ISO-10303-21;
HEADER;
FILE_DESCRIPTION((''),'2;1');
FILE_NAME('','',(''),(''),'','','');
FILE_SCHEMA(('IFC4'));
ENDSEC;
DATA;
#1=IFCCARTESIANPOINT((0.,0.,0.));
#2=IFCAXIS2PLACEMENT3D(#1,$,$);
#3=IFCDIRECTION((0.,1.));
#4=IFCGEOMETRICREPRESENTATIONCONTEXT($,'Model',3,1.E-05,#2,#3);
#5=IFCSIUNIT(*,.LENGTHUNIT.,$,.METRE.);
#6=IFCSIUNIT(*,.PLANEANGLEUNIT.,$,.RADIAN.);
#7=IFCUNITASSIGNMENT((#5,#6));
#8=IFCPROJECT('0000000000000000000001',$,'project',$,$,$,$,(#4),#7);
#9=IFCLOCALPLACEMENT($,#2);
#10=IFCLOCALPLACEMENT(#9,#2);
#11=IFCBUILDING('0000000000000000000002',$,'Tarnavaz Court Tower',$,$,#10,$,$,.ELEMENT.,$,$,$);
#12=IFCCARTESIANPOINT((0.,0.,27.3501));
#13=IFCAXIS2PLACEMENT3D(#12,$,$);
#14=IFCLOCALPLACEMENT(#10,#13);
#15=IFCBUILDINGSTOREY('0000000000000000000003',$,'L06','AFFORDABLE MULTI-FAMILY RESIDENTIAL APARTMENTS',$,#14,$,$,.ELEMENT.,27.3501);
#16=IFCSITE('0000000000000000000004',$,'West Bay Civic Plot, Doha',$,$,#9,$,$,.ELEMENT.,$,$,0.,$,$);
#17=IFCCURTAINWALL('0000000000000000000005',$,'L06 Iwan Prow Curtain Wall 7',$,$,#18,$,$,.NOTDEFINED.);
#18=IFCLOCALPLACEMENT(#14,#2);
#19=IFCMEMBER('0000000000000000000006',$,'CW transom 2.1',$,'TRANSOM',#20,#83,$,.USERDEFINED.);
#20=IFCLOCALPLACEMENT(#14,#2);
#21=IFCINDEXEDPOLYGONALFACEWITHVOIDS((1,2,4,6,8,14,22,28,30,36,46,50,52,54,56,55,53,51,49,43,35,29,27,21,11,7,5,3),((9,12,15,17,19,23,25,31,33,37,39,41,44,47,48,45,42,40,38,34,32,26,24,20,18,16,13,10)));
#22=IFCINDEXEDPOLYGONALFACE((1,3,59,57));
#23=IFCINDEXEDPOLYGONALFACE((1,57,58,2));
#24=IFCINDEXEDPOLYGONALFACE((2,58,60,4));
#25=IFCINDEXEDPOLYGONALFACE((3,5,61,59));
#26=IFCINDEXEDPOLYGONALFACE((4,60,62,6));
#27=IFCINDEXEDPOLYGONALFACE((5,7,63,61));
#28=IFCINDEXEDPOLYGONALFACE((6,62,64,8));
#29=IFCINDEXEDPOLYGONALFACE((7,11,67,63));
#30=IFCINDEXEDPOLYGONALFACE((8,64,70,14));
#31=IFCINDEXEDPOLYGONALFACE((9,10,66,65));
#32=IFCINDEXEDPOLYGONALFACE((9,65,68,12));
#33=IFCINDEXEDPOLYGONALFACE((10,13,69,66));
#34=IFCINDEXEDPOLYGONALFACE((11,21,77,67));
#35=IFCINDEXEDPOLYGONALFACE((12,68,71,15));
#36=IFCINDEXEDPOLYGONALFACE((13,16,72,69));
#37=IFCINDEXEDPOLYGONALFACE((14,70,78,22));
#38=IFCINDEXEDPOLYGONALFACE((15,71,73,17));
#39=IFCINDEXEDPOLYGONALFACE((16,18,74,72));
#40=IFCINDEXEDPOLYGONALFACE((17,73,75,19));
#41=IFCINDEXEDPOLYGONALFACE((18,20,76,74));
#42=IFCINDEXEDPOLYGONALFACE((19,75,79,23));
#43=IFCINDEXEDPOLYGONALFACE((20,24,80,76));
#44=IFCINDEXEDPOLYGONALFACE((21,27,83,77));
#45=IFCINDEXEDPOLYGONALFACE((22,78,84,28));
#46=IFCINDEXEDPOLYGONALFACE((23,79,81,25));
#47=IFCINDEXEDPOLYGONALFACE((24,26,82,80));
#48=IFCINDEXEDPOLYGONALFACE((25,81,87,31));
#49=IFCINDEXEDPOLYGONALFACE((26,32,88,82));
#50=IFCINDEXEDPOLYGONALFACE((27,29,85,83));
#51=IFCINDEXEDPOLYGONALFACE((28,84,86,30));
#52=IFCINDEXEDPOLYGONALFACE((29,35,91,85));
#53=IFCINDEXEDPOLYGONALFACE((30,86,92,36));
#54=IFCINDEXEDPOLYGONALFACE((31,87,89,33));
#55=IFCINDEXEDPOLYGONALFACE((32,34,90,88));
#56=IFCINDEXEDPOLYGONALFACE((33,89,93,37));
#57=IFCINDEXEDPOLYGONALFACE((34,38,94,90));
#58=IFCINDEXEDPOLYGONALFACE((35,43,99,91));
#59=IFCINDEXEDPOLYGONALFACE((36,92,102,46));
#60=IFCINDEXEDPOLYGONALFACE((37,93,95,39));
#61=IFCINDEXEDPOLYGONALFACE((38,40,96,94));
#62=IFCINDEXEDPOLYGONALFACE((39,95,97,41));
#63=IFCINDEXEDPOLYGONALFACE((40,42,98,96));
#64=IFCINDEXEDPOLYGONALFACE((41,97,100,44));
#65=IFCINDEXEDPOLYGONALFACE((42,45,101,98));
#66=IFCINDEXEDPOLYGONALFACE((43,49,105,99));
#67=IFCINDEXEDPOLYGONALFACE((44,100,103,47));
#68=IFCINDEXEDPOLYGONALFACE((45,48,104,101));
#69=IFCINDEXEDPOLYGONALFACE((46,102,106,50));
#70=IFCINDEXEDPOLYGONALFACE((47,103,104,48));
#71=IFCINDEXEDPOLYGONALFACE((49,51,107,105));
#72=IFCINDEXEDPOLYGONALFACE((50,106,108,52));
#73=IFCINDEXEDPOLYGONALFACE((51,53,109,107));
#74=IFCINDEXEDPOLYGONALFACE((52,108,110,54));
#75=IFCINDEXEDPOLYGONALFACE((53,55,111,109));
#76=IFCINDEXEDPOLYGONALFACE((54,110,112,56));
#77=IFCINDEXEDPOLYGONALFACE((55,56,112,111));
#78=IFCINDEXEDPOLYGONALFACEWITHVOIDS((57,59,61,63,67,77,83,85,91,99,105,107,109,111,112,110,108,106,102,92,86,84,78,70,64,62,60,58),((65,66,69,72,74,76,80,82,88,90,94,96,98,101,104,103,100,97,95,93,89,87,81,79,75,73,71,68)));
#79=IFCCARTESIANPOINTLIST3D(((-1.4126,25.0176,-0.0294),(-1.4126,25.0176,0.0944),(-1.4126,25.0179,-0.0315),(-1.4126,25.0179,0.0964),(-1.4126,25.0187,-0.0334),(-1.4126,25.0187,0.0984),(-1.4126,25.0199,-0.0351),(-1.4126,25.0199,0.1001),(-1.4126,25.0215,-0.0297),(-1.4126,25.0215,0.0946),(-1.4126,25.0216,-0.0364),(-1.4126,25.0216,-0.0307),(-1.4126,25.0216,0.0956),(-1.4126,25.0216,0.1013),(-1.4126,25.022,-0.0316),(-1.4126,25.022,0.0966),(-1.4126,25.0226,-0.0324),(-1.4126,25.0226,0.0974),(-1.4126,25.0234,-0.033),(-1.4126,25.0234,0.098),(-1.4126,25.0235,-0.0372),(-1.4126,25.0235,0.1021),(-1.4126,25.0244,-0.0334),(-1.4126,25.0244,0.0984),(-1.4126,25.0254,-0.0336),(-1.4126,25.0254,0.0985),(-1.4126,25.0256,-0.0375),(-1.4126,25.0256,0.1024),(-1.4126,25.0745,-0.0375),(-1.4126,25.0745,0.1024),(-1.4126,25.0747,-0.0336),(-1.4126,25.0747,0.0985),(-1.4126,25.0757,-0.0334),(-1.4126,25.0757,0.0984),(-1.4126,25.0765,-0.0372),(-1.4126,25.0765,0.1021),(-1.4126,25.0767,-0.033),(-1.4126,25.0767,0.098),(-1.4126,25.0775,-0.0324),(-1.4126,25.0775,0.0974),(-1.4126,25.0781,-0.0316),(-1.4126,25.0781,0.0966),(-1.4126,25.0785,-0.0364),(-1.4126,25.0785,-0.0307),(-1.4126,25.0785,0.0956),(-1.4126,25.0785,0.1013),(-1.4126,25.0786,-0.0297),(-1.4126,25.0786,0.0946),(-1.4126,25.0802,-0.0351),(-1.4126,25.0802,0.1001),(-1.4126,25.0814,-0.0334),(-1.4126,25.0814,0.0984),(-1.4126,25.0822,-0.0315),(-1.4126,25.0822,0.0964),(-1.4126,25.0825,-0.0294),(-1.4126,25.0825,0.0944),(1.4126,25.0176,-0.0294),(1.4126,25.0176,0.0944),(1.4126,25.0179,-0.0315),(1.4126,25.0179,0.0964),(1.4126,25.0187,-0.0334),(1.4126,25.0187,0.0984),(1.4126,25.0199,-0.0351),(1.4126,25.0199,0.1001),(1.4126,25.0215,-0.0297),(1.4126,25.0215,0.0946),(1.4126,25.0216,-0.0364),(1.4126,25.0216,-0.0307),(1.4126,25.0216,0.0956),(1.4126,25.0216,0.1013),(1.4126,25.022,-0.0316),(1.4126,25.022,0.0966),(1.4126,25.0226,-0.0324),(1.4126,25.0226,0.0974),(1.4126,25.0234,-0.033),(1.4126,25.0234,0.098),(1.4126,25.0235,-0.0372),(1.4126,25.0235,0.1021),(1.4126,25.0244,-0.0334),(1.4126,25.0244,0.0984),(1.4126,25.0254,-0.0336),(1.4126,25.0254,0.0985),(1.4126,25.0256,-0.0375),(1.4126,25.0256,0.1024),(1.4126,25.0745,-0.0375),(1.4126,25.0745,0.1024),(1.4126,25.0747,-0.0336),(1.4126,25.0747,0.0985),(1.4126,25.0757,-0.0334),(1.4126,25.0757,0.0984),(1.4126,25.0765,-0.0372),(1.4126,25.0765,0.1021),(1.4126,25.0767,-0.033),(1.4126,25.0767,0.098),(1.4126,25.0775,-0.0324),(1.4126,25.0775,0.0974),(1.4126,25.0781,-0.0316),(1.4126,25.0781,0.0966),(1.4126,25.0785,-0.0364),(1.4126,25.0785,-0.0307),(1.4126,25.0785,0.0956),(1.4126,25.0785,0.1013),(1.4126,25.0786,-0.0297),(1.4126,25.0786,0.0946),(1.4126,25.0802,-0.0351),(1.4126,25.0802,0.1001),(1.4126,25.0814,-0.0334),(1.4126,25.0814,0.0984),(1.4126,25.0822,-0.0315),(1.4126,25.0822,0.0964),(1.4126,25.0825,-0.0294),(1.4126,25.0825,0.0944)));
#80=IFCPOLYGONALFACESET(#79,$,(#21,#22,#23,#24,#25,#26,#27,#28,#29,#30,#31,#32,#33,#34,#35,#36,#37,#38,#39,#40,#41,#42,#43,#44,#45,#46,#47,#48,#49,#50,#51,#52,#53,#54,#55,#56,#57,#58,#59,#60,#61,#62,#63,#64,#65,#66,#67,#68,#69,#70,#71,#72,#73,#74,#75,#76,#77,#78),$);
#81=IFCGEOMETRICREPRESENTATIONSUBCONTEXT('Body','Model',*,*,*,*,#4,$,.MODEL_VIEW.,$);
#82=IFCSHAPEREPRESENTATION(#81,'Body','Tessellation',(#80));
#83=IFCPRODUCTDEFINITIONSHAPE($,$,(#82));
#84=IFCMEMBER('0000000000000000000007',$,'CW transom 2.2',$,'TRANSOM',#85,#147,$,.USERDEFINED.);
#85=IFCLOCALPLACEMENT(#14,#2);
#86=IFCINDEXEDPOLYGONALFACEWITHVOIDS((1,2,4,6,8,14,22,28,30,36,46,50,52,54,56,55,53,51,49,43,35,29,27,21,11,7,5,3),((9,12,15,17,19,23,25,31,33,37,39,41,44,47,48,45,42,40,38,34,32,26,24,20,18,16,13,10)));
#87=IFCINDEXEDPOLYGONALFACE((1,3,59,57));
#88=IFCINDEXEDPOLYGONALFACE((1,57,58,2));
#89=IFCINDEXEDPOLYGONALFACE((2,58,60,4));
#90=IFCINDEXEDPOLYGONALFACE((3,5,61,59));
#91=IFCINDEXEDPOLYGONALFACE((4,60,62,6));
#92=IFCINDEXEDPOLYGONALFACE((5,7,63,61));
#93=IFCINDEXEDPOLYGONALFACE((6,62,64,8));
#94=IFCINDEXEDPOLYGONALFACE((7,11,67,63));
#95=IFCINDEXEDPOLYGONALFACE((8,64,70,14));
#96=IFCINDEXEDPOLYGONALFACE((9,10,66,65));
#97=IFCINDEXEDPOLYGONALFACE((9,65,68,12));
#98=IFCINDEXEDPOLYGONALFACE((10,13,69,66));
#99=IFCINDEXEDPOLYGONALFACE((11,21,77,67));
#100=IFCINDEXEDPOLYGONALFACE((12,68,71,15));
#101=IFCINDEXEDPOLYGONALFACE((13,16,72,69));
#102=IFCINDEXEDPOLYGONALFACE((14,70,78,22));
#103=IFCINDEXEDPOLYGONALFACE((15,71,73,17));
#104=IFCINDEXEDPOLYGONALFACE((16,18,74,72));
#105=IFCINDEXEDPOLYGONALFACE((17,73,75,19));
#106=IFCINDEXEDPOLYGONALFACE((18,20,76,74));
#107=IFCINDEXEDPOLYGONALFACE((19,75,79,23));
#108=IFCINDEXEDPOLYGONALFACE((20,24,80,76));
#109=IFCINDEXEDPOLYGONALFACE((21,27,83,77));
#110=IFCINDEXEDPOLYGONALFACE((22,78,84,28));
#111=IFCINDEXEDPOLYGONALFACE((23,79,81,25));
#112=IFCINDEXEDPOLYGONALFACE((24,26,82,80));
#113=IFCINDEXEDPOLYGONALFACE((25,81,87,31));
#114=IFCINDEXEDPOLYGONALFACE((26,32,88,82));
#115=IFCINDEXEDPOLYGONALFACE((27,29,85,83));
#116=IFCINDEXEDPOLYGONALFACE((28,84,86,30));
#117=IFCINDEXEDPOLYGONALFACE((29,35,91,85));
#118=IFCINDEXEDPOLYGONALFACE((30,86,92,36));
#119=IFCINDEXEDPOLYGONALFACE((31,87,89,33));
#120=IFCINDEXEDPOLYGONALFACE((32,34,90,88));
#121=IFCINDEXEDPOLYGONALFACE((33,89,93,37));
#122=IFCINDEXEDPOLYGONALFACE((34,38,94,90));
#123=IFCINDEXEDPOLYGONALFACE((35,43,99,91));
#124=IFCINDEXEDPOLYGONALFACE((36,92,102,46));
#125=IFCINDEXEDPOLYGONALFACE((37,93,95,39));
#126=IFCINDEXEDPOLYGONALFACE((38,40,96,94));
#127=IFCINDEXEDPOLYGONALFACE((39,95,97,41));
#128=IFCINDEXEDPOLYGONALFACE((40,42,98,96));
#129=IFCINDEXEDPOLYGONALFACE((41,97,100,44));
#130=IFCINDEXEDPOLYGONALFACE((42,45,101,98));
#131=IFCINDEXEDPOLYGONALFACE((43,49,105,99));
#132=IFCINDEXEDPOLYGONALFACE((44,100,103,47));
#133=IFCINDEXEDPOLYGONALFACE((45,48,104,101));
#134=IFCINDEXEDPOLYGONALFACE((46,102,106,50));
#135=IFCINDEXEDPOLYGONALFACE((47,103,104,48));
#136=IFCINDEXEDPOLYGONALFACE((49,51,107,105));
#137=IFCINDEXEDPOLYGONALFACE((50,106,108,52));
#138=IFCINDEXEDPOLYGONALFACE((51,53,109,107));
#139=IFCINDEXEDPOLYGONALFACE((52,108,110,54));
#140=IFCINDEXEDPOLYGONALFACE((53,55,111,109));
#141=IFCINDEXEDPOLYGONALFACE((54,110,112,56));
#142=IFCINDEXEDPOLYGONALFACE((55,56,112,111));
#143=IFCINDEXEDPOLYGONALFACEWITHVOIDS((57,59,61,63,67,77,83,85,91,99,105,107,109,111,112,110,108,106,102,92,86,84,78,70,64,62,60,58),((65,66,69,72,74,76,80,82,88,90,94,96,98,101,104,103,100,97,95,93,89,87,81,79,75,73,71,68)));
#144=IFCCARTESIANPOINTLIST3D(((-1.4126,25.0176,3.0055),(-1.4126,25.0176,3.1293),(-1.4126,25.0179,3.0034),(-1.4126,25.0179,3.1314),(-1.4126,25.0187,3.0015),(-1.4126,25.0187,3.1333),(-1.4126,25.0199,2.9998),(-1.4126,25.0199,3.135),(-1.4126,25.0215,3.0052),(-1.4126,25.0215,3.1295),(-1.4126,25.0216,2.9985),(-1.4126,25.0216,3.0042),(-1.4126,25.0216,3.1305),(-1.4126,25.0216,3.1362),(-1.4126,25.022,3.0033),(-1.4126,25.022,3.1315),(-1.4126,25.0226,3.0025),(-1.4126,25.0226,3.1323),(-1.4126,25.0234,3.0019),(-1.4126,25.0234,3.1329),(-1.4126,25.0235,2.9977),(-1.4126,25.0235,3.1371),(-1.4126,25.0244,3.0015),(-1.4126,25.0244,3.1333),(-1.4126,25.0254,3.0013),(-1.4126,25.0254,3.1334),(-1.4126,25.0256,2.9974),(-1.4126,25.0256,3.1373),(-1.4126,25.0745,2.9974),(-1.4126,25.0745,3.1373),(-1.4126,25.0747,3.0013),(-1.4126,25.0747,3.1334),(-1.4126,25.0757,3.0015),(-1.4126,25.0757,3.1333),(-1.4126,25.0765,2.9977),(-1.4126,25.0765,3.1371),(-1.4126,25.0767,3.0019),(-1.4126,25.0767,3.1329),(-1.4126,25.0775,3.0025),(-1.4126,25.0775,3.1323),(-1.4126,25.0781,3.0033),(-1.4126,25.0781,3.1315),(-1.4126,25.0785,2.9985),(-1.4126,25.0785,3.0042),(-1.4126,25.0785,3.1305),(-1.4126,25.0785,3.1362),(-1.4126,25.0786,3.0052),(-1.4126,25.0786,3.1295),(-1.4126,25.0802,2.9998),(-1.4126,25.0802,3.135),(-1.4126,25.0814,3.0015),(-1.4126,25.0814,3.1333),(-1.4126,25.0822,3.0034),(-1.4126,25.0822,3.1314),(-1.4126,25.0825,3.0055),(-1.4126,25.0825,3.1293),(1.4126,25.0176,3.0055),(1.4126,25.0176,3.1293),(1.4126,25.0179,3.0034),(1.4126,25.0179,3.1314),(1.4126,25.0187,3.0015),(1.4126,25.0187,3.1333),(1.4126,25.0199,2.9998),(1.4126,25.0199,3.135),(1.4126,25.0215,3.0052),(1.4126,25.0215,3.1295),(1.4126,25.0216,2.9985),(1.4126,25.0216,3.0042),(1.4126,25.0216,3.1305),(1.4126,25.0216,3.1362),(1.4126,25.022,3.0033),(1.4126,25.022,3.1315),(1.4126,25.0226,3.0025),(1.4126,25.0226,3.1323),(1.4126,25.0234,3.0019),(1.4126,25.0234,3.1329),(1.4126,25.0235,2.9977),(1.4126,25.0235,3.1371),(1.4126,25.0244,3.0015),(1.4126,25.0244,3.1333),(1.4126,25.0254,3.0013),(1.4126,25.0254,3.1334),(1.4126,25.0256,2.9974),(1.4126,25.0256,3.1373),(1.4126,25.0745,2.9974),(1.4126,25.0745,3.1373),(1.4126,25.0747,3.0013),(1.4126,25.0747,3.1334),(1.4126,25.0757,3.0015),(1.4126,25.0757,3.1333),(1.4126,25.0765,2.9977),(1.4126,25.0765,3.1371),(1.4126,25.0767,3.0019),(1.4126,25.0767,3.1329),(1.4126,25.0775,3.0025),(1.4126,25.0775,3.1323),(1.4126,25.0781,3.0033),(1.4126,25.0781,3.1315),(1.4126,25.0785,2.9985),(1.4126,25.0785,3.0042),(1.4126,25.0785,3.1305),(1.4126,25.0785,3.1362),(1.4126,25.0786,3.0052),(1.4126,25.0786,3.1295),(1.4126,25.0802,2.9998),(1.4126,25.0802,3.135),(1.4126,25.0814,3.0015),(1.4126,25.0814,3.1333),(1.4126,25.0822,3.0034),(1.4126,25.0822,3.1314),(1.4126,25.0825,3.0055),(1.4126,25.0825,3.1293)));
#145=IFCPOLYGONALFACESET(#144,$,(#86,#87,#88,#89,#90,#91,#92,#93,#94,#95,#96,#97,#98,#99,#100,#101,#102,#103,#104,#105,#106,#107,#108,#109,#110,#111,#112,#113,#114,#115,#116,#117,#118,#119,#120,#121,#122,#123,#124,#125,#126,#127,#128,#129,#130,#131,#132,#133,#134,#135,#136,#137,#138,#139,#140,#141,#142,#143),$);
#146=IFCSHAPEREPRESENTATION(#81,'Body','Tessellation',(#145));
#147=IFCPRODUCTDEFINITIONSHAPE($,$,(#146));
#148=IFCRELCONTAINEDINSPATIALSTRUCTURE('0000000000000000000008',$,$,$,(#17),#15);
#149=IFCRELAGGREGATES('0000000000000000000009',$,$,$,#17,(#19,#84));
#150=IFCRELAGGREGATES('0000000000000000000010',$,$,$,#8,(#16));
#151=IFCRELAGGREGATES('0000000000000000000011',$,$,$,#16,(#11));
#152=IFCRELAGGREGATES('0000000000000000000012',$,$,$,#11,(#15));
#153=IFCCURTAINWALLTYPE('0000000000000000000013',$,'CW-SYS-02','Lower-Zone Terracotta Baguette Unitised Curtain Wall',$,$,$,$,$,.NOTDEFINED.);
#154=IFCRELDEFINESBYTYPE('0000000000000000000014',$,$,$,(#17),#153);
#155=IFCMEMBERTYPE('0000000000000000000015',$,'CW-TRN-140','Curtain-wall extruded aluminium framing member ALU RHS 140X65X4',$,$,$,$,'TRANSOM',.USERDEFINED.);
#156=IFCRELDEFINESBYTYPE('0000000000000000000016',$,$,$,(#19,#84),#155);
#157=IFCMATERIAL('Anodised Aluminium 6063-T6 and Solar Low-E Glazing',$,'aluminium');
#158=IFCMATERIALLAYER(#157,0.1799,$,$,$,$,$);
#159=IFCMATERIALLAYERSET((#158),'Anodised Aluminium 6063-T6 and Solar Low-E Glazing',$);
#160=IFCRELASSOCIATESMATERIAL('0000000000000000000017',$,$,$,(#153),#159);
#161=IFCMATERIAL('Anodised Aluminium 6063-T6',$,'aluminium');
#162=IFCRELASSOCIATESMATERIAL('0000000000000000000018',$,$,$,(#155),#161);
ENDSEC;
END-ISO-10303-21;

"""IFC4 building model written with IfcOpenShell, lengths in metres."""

from ifc_helpers import new_model, si_unit, direction, frame, origin, origin_2d, place, context, subcontext, project, spatial, hollow_rectangle, extrude, material, layer, layer_set, material_profile, profile_set, type_object, element, aggregate, save


model = new_model("IFC4")

# Units and contexts
model_context = context("Model", 3, precision=1e-05, world=origin(), true_north=direction((0.0, 1.0)))
body_context = subcontext(model_context, "Body", "Model", "MODEL_VIEW")
ifc_project = project(units=[si_unit("LENGTHUNIT", "METRE"), si_unit("PLANEANGLEUNIT", "RADIAN")], contexts=[model_context])

# Site, building, storey
site_placement = place(None, origin())
site = spatial("IfcSite", under=ifc_project, at=site_placement, Name="West Bay Civic Plot, Doha", CompositionType="ELEMENT", RefElevation=0.0)
building_placement = place(site_placement, origin())
building = spatial("IfcBuilding", under=site, at=building_placement, Name="Tarnavaz Court Tower", CompositionType="ELEMENT")
storey_placement = place(building_placement, frame((0.0, 0.0, 27.3501)))
storey = spatial("IfcBuildingStorey", under=building, at=storey_placement, Name="L06", Description="AFFORDABLE MULTI-FAMILY RESIDENTIAL APARTMENTS", CompositionType="ELEMENT", Elevation=27.3501)

# Curtain wall, members
ifc_material_1 = material(Name="Anodised Aluminium 6063-T6 and Solar Low-E Glazing", Category="aluminium")
ifc_layer_1 = layer(ifc_material_1, 0.1799)
ifc_layer_set_1 = layer_set([ifc_layer_1], Name="Anodised Aluminium 6063-T6 and Solar Low-E Glazing")
curtain_wall_type = type_object("IfcCurtainWallType", Name="CW-SYS-02", Description="Lower-Zone Terracotta Baguette Unitised Curtain Wall", PredefinedType="NOTDEFINED", material=ifc_layer_set_1)
curtain_wall_placement = place(storey_placement, origin())
curtain_wall = element("IfcCurtainWall", 1, at=curtain_wall_placement, inside=storey, type_object=curtain_wall_type, Name="L06 Iwan Prow Curtain Wall 7", PredefinedType="NOTDEFINED")
ifc_material_2 = material(Name="Anodised Aluminium 6063-T6", Category="aluminium")
ifc_material_profile_1 = material_profile(ifc_material_2, hollow_rectangle(XDim=0.0649, YDim=0.1399, WallThickness=0.0039, InnerFilletRadius=0.0039, OuterFilletRadius=0.0081, at=origin_2d()), Name="ALU RHS 140X65X4")
ifc_profile_set_1 = profile_set([ifc_material_profile_1], Name="Anodised Aluminium 6063-T6")
member_type_1 = type_object("IfcMemberType", Name="CW-TRN-140", Description="Curtain-wall extruded aluminium framing member ALU RHS 140X65X4", ElementType="TRANSOM", PredefinedType="USERDEFINED", material=ifc_profile_set_1)
member_1_placement = place(storey_placement, frame((-1.4126, 25.05, 0.0325), z_axis=(1.0, 0.0, 0.0), x_axis=(0.0, 1.0, 0.0)))
member_1 = element("IfcMember", 2, at=member_1_placement, type_object=member_type_1, Name="CW transom 2.1", ObjectType="TRANSOM", PredefinedType="USERDEFINED", context=body_context, shape_type="SweptSolid", body=[
    extrude(hollow_rectangle(XDim=0.0649, YDim=0.1399, WallThickness=0.0039, InnerFilletRadius=0.0039, OuterFilletRadius=0.0081, at=origin_2d()), origin(), (0.0, 0.0, 1.0), 2.8252),
])
member_2_placement = place(storey_placement, frame((-1.4126, 25.05, 3.0674), z_axis=(1.0, 0.0, 0.0), x_axis=(0.0, 1.0, 0.0)))
member_2 = element("IfcMember", 3, at=member_2_placement, type_object=member_type_1, Name="CW transom 2.2", ObjectType="TRANSOM", PredefinedType="USERDEFINED", context=body_context, shape_type="SweptSolid", body=[
    extrude(hollow_rectangle(XDim=0.0649, YDim=0.1399, WallThickness=0.0039, InnerFilletRadius=0.0039, OuterFilletRadius=0.0081, at=origin_2d()), origin(), (0.0, 0.0, 1.0), 2.8252),
])
aggregate(curtain_wall, [member_1, member_2])

save(model, "model.ifc")
